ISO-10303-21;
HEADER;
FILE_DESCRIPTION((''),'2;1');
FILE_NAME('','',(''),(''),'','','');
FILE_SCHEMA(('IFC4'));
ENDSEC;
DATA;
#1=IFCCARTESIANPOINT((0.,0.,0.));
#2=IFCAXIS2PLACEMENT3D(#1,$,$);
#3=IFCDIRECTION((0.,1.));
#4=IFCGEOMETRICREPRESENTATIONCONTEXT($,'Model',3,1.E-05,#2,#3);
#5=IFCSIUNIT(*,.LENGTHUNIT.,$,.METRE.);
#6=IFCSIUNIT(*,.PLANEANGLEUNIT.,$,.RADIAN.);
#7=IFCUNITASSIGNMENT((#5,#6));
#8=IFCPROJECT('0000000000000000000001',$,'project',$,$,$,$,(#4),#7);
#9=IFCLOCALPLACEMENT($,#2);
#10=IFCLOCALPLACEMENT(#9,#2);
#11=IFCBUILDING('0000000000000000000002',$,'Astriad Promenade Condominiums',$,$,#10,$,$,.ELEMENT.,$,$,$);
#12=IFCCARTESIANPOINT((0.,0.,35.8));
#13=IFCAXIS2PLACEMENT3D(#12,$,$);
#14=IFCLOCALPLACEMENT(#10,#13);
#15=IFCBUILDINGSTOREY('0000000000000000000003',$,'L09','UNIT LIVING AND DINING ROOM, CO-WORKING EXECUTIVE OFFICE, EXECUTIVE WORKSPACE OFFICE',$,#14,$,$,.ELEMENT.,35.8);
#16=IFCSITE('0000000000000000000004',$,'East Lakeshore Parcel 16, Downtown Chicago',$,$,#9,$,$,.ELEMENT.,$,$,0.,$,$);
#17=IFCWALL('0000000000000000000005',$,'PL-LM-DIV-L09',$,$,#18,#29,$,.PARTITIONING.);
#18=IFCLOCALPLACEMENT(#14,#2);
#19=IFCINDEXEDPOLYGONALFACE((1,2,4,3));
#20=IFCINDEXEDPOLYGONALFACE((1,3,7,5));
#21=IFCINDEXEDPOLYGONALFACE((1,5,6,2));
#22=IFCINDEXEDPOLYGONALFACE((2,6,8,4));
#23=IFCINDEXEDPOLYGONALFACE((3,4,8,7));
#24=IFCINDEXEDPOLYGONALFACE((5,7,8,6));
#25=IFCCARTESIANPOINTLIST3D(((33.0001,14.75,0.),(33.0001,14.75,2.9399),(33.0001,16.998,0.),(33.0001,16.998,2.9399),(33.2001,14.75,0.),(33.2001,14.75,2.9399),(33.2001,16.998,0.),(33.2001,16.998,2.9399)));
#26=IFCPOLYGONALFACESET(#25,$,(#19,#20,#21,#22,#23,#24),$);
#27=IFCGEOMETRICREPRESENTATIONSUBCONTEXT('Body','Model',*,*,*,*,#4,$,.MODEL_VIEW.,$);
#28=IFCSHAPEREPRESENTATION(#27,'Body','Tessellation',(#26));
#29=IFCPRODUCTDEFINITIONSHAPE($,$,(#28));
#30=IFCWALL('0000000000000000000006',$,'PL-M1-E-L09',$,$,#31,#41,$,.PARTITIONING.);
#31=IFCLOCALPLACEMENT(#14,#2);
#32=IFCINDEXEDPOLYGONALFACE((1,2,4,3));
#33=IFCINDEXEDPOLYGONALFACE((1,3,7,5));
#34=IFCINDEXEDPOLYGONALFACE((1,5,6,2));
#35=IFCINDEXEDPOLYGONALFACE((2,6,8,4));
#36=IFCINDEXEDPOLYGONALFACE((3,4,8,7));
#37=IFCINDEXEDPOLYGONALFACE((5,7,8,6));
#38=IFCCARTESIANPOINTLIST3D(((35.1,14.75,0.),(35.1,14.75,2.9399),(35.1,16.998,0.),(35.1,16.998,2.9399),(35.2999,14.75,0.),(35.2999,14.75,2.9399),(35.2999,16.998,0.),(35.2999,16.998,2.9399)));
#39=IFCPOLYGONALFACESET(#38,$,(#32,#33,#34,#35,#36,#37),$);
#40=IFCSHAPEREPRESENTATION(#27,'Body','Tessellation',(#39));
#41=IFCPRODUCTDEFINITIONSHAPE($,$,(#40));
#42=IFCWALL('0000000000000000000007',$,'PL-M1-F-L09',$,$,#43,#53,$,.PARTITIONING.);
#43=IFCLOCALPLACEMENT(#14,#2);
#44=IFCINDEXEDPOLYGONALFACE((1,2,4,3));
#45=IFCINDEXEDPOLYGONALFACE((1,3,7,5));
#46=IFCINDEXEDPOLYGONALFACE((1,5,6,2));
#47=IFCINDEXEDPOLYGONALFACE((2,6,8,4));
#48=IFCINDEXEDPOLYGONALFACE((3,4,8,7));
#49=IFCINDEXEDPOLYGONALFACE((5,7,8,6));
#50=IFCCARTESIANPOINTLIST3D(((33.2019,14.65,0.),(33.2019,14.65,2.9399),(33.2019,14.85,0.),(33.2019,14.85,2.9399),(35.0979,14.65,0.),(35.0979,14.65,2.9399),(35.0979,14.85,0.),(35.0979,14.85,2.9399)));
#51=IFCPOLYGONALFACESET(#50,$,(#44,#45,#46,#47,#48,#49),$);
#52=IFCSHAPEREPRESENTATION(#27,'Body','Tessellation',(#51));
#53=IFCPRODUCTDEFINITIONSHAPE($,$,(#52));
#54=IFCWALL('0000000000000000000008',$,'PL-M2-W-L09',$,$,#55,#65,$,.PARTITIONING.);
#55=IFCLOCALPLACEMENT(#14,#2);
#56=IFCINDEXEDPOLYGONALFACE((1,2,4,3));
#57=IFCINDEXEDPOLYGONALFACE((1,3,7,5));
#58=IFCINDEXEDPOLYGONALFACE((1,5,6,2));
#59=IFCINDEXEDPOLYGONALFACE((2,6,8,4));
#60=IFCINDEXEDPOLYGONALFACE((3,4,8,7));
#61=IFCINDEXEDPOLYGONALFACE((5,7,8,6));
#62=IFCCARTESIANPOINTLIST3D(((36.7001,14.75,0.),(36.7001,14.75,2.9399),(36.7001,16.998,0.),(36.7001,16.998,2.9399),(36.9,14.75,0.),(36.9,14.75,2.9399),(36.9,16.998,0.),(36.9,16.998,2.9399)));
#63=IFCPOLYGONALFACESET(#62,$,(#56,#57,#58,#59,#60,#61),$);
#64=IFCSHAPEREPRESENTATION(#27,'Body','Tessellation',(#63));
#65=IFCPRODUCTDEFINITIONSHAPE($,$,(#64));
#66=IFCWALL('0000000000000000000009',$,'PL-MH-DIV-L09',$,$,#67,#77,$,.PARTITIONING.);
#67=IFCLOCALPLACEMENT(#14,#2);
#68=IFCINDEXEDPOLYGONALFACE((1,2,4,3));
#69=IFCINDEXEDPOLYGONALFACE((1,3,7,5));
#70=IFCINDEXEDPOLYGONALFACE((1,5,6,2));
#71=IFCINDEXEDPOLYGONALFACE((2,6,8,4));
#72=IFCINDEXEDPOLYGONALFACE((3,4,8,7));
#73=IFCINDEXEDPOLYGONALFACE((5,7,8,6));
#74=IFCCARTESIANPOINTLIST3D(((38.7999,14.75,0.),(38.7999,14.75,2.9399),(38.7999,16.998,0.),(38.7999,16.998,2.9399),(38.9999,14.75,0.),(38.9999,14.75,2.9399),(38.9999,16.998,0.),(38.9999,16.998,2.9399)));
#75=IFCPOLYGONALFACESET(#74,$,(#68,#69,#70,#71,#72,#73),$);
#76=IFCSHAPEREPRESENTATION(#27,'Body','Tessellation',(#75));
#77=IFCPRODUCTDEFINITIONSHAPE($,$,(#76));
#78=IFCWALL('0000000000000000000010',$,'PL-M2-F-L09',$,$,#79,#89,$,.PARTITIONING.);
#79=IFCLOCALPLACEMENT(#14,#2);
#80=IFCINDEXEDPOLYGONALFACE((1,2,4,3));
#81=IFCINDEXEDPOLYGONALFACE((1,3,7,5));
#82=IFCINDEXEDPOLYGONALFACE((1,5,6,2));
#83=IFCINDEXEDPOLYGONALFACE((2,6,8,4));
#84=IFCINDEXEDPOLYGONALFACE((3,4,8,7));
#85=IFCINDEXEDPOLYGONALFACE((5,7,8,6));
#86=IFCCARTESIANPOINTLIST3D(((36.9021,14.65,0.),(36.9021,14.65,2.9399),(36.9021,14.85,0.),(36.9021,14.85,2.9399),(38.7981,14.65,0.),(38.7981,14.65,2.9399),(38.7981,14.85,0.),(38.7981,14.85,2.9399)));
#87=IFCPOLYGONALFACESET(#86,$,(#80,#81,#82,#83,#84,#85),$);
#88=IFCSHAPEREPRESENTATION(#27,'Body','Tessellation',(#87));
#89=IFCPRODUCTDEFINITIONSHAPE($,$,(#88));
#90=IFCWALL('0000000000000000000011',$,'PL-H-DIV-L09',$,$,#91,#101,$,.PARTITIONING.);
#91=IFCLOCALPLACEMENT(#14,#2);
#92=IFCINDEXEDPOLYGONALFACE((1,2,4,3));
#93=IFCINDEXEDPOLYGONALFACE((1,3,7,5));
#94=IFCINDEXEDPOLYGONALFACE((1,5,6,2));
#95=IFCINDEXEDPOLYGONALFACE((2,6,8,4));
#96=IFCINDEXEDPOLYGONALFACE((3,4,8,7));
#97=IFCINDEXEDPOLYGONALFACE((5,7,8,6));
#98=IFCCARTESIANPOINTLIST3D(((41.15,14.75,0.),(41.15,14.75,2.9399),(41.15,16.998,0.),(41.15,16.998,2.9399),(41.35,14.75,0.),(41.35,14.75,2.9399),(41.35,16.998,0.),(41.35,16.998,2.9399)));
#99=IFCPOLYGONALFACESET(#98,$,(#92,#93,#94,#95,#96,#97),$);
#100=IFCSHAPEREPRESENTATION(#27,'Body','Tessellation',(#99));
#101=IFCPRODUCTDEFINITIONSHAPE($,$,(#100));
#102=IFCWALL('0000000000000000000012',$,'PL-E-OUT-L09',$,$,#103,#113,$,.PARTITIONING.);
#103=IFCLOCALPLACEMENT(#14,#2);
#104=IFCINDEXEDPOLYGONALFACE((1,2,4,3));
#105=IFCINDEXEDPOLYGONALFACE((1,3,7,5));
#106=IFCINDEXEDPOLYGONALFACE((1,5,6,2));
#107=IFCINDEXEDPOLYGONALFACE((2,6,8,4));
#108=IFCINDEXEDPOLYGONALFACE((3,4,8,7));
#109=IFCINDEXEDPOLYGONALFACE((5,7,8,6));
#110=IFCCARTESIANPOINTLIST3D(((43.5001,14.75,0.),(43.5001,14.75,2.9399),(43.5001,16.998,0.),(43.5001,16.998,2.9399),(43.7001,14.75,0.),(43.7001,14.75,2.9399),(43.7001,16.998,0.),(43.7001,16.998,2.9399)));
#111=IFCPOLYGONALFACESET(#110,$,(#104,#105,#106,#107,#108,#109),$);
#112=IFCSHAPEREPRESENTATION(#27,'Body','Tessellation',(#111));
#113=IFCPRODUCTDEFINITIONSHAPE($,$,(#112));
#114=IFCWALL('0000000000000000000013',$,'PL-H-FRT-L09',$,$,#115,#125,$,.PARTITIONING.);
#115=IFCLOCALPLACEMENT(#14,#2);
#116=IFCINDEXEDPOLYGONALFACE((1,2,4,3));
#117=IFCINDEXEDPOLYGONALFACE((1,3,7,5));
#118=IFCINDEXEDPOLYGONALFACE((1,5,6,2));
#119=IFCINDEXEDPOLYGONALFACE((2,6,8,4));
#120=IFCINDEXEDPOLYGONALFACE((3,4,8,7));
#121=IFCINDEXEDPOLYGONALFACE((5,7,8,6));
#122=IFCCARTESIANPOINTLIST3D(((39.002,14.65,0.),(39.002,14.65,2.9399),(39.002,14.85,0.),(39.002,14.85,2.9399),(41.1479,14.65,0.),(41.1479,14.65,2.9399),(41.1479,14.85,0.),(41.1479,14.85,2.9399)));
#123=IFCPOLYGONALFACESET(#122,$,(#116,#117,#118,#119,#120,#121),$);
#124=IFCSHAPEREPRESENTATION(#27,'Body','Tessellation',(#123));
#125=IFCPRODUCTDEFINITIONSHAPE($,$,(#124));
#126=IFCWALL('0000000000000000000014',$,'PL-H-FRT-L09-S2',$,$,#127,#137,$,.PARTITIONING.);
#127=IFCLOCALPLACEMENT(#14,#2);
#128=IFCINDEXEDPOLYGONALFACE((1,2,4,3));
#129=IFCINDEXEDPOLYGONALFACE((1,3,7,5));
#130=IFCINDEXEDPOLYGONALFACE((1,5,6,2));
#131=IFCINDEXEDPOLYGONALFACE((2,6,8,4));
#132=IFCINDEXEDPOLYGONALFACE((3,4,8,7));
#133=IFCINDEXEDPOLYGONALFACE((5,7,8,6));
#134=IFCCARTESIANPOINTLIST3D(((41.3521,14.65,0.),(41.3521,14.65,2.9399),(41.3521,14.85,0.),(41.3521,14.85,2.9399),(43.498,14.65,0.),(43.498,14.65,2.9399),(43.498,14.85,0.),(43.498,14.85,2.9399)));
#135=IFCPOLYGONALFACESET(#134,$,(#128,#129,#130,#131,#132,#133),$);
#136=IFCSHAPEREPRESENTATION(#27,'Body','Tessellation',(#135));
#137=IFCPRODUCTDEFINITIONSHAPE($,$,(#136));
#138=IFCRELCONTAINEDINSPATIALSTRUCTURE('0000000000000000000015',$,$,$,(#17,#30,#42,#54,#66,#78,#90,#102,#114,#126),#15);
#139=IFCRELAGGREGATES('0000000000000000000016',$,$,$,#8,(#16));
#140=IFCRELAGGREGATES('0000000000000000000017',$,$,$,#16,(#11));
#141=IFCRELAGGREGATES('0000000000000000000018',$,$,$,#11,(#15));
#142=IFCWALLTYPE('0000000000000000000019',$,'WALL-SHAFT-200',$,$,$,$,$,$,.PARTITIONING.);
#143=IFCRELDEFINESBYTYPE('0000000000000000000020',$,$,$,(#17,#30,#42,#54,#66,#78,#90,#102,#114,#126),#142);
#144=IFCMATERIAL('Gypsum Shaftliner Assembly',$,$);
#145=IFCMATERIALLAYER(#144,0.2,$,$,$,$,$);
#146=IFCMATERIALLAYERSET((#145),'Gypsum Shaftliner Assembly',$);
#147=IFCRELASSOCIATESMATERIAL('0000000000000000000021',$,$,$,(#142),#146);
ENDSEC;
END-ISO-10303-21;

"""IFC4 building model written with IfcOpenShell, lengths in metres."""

from ifc_helpers import new_model, si_unit, direction, frame, frame_2d, origin, place, context, subcontext, project, spatial, rectangle, extrude, material, layer, layer_set, type_object, element, save


model = new_model("IFC4")

# Units and contexts
model_context = context("Model", 3, precision=1e-05, world=origin(), true_north=direction((0.0, 1.0)))
body_context = subcontext(model_context, "Body", "Model", "MODEL_VIEW")
ifc_project = project(units=[si_unit("LENGTHUNIT", "METRE"), si_unit("PLANEANGLEUNIT", "RADIAN")], contexts=[model_context])

# Site, building, storey
site_placement = place(None, origin())
site = spatial("IfcSite", under=ifc_project, at=site_placement, Name="East Lakeshore Parcel 16, Downtown Chicago", CompositionType="ELEMENT", RefElevation=0.0)
building_placement = place(site_placement, origin())
building = spatial("IfcBuilding", under=site, at=building_placement, Name="Astriad Promenade Condominiums", CompositionType="ELEMENT")
storey_placement = place(building_placement, frame((0.0, 0.0, 35.8)))
storey = spatial("IfcBuildingStorey", under=building, at=storey_placement, Name="L09", Description="UNIT LIVING AND DINING ROOM, CO-WORKING EXECUTIVE OFFICE, EXECUTIVE WORKSPACE OFFICE", CompositionType="ELEMENT", Elevation=35.8)

# Walls
ifc_material_1 = material(Name="Gypsum Shaftliner Assembly")
ifc_layer_1 = layer(ifc_material_1, 0.2)
ifc_layer_set_1 = layer_set([ifc_layer_1], Name="Gypsum Shaftliner Assembly")
wall_type_1 = type_object("IfcWallType", Name="WALL-SHAFT-200", PredefinedType="PARTITIONING", material=ifc_layer_set_1)
for number, where, z_axis, x_axis, name in (
    (1, (33.1001, 14.75, 0.0), (0.0, 0.0, 1.0), (0.0, 1.0, 0.0), "PL-LM-DIV-L09"),
    (2, (35.2, 14.75, 0.0), (0.0, 0.0, 1.0), (0.0, 1.0, 0.0), "PL-M1-E-L09"),
):
    element("IfcWall", number, at=place(storey_placement, frame(where, z_axis=z_axis, x_axis=x_axis)), inside=storey, type_object=wall_type_1, Name=name, PredefinedType="PARTITIONING", context=body_context, shape_type="SweptSolid", body=[
        extrude(rectangle(XDim=2.248, YDim=0.2, at=frame_2d((1.124, 0.0))), origin(), (0.0, 0.0, 1.0), 2.9399),
    ])
wall_1_placement = place(storey_placement, frame((33.2019, 14.75, 0.0), z_axis=(0.0, 0.0, 1.0), x_axis=(1.0, 0.0, 0.0)))
element("IfcWall", 3, at=wall_1_placement, inside=storey, type_object=wall_type_1, Name="PL-M1-F-L09", PredefinedType="PARTITIONING", context=body_context, shape_type="SweptSolid", body=[
    extrude(rectangle(XDim=1.896, YDim=0.2, at=frame_2d((0.948, 0.0))), origin(), (0.0, 0.0, 1.0), 2.9399),
])
for number, where, z_axis, x_axis, name in (
    (4, (36.8, 14.75, 0.0), (0.0, 0.0, 1.0), (0.0, 1.0, 0.0), "PL-M2-W-L09"),
    (5, (38.8999, 14.75, 0.0), (0.0, 0.0, 1.0), (0.0, 1.0, 0.0), "PL-MH-DIV-L09"),
):
    element("IfcWall", number, at=place(storey_placement, frame(where, z_axis=z_axis, x_axis=x_axis)), inside=storey, type_object=wall_type_1, Name=name, PredefinedType="PARTITIONING", context=body_context, shape_type="SweptSolid", body=[
        extrude(rectangle(XDim=2.248, YDim=0.2, at=frame_2d((1.124, 0.0))), origin(), (0.0, 0.0, 1.0), 2.9399),
    ])
wall_2_placement = place(storey_placement, frame((36.9021, 14.75, 0.0), z_axis=(0.0, 0.0, 1.0), x_axis=(1.0, 0.0, 0.0)))
element("IfcWall", 6, at=wall_2_placement, inside=storey, type_object=wall_type_1, Name="PL-M2-F-L09", PredefinedType="PARTITIONING", context=body_context, shape_type="SweptSolid", body=[
    extrude(rectangle(XDim=1.896, YDim=0.2, at=frame_2d((0.948, 0.0))), origin(), (0.0, 0.0, 1.0), 2.9399),
])
for number, where, z_axis, x_axis, name in (
    (7, (41.25, 14.75, 0.0), (0.0, 0.0, 1.0), (0.0, 1.0, 0.0), "PL-H-DIV-L09"),
    (8, (43.6001, 14.75, 0.0), (0.0, 0.0, 1.0), (0.0, 1.0, 0.0), "PL-E-OUT-L09"),
):
    element("IfcWall", number, at=place(storey_placement, frame(where, z_axis=z_axis, x_axis=x_axis)), inside=storey, type_object=wall_type_1, Name=name, PredefinedType="PARTITIONING", context=body_context, shape_type="SweptSolid", body=[
        extrude(rectangle(XDim=2.248, YDim=0.2, at=frame_2d((1.124, 0.0))), origin(), (0.0, 0.0, 1.0), 2.9399),
    ])
for number, where, z_axis, x_axis, name in (
    (9, (39.002, 14.75, 0.0), (0.0, 0.0, 1.0), (1.0, 0.0, 0.0), "PL-H-FRT-L09"),
    (10, (41.3521, 14.75, 0.0), (0.0, 0.0, 1.0), (1.0, 0.0, 0.0), "PL-H-FRT-L09-S2"),
):
    element("IfcWall", number, at=place(storey_placement, frame(where, z_axis=z_axis, x_axis=x_axis)), inside=storey, type_object=wall_type_1, Name=name, PredefinedType="PARTITIONING", context=body_context, shape_type="SweptSolid", body=[
        extrude(rectangle(XDim=2.146, YDim=0.2, at=frame_2d((1.073, 0.0))), origin(), (0.0, 0.0, 1.0), 2.9399),
    ])

save(model, "model.ifc")
